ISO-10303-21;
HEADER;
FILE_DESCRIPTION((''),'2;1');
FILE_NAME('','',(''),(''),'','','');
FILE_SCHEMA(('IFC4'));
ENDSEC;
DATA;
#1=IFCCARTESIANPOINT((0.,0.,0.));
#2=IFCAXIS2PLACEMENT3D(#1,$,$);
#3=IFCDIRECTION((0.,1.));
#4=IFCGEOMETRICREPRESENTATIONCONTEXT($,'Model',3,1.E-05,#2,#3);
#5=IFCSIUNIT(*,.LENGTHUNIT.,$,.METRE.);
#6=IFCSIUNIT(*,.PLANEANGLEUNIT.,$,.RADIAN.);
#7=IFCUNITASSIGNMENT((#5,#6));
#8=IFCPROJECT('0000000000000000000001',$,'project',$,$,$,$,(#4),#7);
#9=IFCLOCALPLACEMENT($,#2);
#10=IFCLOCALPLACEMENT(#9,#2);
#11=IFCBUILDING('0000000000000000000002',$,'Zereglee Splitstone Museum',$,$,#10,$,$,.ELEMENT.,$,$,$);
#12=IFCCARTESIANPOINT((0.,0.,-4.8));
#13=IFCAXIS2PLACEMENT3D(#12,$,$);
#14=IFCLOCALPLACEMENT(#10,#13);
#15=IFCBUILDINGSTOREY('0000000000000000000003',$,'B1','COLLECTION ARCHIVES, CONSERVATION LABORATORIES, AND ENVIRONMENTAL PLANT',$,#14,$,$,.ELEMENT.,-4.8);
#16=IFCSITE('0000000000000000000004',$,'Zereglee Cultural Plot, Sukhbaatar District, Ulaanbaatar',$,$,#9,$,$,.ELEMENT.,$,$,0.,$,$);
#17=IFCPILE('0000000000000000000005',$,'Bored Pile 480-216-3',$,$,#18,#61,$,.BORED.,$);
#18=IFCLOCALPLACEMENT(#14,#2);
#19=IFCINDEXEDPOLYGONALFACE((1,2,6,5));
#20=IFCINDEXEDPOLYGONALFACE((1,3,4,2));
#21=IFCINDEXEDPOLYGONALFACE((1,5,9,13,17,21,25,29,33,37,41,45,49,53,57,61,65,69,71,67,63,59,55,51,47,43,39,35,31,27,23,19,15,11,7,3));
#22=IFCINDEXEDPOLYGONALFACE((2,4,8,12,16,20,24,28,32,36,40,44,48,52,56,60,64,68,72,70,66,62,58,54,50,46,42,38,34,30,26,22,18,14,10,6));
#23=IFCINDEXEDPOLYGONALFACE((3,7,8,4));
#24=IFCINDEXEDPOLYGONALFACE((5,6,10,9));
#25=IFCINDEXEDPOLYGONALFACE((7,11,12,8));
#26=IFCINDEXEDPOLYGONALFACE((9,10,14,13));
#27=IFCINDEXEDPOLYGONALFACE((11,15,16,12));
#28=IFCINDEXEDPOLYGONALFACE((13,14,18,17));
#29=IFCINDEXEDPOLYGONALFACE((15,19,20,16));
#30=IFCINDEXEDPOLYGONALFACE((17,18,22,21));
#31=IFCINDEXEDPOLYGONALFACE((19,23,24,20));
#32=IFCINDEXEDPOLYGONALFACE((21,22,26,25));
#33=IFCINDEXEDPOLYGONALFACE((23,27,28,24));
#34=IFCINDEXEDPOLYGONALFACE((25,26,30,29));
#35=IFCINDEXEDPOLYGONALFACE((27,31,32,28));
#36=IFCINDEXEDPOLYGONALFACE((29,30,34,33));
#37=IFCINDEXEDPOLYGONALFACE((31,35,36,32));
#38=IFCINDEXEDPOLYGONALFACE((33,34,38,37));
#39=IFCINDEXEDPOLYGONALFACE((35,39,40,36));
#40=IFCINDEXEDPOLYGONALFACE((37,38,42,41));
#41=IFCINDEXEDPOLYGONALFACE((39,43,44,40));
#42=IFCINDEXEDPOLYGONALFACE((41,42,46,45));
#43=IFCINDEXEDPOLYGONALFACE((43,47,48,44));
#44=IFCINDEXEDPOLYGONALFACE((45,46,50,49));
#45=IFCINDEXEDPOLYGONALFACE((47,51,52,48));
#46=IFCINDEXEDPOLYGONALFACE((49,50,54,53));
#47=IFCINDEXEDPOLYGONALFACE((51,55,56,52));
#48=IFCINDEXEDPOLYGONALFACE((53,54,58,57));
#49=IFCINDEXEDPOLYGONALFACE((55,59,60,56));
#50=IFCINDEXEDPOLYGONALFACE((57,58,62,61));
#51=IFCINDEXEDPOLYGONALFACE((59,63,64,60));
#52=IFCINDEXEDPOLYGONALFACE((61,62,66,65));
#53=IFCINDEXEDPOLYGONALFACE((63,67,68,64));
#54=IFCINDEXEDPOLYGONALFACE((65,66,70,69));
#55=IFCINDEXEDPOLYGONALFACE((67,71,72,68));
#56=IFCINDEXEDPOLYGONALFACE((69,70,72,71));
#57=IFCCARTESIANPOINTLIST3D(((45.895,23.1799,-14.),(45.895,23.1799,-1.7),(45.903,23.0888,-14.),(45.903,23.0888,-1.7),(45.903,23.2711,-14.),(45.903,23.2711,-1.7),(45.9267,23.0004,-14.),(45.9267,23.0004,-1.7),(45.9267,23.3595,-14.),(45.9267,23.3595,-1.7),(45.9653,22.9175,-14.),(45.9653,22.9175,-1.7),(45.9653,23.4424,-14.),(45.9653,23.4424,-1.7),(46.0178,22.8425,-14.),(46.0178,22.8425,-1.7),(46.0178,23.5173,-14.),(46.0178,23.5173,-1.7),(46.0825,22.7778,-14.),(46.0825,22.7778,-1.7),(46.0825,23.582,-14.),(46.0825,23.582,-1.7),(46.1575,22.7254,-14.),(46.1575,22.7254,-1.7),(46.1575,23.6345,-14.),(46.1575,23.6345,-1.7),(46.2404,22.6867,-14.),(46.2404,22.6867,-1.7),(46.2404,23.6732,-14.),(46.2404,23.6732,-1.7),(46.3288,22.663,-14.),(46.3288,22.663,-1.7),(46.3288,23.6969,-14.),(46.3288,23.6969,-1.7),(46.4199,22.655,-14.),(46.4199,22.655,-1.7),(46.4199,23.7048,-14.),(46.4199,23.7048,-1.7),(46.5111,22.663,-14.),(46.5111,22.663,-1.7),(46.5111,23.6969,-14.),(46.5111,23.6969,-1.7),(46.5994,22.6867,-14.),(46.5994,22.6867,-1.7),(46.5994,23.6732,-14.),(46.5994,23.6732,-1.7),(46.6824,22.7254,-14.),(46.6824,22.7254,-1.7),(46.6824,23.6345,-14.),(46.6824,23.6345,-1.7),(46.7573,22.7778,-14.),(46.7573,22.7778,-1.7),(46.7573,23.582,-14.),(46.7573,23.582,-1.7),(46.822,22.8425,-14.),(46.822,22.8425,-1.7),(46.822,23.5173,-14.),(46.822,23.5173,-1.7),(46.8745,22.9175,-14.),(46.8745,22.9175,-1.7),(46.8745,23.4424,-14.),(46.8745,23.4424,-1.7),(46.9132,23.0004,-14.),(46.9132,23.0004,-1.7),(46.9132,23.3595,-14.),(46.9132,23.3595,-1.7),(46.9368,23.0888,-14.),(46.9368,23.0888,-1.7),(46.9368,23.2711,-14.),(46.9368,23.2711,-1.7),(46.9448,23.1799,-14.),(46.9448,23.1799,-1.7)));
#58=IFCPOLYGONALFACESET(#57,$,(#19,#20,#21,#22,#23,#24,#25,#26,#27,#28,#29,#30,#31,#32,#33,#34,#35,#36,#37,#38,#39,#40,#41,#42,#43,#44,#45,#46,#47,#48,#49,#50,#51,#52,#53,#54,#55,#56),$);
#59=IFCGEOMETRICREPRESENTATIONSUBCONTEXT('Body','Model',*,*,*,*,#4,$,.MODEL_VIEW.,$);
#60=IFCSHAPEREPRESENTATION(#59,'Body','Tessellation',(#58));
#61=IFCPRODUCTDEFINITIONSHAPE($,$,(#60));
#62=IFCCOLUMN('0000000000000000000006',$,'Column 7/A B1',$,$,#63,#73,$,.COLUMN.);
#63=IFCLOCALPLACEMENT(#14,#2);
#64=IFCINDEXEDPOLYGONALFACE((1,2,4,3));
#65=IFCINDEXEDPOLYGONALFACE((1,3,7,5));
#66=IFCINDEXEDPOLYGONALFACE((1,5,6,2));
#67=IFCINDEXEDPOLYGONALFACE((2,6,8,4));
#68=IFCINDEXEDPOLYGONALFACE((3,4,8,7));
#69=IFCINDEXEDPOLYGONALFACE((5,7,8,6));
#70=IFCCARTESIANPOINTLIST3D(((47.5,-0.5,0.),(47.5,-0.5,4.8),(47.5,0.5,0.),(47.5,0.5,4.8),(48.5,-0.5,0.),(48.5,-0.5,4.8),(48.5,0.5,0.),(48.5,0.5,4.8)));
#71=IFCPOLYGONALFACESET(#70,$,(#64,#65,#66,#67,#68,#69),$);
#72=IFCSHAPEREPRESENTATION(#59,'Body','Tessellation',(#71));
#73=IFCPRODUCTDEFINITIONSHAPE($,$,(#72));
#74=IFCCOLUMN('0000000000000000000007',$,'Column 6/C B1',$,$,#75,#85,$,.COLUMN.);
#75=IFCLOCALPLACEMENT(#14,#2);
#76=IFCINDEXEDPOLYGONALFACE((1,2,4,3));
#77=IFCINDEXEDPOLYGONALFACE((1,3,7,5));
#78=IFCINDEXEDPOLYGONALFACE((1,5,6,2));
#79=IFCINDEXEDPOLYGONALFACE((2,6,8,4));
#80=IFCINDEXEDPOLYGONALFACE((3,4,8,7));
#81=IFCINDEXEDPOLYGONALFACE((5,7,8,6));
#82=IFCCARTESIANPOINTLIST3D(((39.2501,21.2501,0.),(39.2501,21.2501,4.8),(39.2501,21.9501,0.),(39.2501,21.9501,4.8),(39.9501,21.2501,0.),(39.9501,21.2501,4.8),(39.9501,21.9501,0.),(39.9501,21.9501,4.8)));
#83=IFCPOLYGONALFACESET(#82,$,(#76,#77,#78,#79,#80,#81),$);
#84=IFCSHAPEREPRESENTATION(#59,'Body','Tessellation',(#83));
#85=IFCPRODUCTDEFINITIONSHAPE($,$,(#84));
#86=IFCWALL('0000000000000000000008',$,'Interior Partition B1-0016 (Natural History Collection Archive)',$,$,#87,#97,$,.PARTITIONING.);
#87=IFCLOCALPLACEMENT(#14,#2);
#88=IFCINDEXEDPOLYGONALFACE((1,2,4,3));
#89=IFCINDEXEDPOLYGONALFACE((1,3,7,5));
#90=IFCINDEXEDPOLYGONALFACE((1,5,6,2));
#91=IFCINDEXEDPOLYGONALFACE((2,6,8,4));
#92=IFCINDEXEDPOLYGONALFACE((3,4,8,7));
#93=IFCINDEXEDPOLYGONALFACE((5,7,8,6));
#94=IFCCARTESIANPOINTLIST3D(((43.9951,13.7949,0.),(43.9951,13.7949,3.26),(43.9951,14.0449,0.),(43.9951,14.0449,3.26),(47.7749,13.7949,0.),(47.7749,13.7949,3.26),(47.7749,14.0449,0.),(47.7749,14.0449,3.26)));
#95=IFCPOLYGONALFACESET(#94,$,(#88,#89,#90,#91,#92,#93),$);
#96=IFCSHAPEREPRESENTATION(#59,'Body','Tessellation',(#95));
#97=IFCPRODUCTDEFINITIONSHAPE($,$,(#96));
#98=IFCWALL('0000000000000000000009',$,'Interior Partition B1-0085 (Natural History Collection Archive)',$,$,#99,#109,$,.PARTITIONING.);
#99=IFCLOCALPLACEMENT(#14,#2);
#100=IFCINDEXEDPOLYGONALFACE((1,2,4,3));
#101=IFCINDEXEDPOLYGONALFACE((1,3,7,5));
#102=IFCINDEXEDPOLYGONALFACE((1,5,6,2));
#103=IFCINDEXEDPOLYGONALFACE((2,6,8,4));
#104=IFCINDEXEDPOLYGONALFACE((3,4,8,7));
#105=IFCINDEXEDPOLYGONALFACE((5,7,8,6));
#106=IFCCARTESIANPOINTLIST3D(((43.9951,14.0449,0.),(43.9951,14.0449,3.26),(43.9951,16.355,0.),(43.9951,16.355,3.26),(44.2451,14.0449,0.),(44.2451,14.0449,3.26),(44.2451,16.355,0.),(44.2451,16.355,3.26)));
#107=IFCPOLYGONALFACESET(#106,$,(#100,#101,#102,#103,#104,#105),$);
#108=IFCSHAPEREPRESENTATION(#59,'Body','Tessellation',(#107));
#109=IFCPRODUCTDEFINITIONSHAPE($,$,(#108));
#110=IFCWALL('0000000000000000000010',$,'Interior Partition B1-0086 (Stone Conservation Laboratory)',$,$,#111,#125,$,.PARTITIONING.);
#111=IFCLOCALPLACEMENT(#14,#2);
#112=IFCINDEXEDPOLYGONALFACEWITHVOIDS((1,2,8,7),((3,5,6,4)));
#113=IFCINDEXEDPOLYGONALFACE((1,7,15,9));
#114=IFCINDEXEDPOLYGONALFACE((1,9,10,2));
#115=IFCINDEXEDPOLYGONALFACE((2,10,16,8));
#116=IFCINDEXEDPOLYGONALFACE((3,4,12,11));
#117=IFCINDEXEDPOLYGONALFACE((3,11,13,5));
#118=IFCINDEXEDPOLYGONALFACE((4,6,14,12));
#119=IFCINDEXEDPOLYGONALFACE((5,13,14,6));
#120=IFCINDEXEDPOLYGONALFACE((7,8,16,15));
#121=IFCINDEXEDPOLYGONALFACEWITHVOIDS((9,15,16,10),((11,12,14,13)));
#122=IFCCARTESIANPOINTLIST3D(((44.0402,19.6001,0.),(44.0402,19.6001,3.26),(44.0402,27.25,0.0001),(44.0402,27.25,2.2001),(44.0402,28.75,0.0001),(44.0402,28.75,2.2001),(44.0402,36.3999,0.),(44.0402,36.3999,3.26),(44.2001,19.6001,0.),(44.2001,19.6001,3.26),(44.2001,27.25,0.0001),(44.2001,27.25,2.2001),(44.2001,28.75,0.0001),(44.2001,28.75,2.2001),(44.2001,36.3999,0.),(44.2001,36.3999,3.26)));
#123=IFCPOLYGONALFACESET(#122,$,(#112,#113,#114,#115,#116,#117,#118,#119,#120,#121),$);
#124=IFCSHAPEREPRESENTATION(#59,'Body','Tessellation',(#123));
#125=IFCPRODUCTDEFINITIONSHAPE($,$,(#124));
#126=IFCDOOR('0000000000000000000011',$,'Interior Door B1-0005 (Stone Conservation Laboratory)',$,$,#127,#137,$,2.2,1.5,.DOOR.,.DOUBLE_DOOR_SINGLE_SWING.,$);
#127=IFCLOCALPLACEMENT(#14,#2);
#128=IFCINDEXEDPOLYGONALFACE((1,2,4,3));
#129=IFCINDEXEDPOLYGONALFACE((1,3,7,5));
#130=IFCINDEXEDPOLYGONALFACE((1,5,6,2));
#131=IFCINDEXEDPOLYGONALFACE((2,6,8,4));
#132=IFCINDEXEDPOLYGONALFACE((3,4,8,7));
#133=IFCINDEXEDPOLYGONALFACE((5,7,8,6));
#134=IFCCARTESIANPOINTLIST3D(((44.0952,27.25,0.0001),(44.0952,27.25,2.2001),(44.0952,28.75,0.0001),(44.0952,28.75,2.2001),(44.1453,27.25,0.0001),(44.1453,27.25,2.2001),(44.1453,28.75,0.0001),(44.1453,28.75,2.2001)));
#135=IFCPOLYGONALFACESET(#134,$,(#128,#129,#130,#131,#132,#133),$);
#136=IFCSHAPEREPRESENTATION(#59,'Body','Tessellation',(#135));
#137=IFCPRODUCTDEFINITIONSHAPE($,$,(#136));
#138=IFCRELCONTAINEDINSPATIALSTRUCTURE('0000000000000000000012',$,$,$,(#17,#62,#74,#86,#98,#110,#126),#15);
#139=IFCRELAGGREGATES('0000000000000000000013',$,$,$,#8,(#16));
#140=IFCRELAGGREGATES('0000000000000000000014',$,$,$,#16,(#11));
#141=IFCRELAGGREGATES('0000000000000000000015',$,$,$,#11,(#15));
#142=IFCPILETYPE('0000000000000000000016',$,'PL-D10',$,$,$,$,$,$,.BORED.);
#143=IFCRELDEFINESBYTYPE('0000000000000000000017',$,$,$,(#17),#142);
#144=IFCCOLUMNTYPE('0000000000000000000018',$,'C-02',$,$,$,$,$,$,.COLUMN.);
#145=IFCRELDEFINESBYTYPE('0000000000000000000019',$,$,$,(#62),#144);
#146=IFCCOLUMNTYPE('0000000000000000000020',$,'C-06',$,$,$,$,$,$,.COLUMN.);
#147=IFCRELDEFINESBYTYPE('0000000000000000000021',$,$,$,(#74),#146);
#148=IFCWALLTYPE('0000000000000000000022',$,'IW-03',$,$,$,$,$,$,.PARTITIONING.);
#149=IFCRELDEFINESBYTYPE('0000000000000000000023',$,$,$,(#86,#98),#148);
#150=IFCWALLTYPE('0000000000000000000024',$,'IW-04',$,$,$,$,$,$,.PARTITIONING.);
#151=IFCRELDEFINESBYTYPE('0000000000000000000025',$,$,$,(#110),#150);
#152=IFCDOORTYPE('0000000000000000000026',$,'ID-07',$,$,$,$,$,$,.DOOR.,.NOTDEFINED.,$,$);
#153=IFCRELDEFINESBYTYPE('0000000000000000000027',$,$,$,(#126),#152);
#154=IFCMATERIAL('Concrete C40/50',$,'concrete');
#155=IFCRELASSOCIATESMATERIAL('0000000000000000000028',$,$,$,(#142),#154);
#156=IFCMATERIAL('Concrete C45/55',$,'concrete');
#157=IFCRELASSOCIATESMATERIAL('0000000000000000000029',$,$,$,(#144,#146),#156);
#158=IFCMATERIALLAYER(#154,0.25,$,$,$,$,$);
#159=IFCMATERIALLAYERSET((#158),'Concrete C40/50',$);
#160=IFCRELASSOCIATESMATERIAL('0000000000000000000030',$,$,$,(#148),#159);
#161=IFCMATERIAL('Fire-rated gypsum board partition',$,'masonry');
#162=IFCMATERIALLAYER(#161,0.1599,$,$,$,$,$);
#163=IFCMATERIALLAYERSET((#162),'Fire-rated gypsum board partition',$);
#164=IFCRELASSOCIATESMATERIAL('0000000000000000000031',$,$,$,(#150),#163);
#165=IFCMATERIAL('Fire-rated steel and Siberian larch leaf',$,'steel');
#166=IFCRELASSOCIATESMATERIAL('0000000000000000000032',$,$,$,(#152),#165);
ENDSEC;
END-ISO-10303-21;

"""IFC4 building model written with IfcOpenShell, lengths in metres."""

from ifc_helpers import new_model, si_unit, direction, frame, frame_2d, origin, origin_2d, place, context, subcontext, project, spatial, rectangle, circle, extrude, material, layer, layer_set, material_profile, profile_set, type_object, element, fill, save


model = new_model("IFC4")

# Units and contexts
model_context = context("Model", 3, precision=1e-05, world=origin(), true_north=direction((0.0, 1.0)))
body_context = subcontext(model_context, "Body", "Model", "MODEL_VIEW")
ifc_project = project(units=[si_unit("LENGTHUNIT", "METRE"), si_unit("PLANEANGLEUNIT", "RADIAN")], contexts=[model_context])

# Site, building, storey
site_placement = place(None, origin())
site = spatial("IfcSite", under=ifc_project, at=site_placement, Name="Zereglee Cultural Plot, Sukhbaatar District, Ulaanbaatar", CompositionType="ELEMENT", RefElevation=0.0)
building_placement = place(site_placement, origin())
building = spatial("IfcBuilding", under=site, at=building_placement, Name="Zereglee Splitstone Museum", CompositionType="ELEMENT")
storey_placement = place(building_placement, frame((0.0, 0.0, -4.8)))
storey = spatial("IfcBuildingStorey", under=building, at=storey_placement, Name="B1", Description="COLLECTION ARCHIVES, CONSERVATION LABORATORIES, AND ENVIRONMENTAL PLANT", CompositionType="ELEMENT", Elevation=-4.8)

# Shared definitions
ifc_material_1 = material(Name="Concrete C40/50", Category="concrete")

# Pile
ifc_material_profile_1 = material_profile(ifc_material_1, circle(Radius=0.5249, at=origin_2d()), Name="PILE D1050")
ifc_profile_set_1 = profile_set([ifc_material_profile_1], Name="Concrete C40/50")
pile_type = type_object("IfcPileType", Name="PL-D10", PredefinedType="BORED", material=ifc_profile_set_1)
for number, where, z_axis, x_axis, name in (
    (1, (46.4199, 23.1799, -1.7), (0.0, 0.0, -1.0), (1.0, 0.0, 0.0), "Bored Pile 480-216-3"),
):
    element("IfcPile", number, at=place(storey_placement, frame(where, z_axis=z_axis, x_axis=x_axis)), inside=storey, type_object=pile_type, Name=name, PredefinedType="BORED", context=body_context, shape_type="SweptSolid", body=[
        extrude(circle(Radius=0.5249, at=origin_2d()), origin(), (0.0, 0.0, 1.0), 12.3),
    ])

# Columns
ifc_material_2 = material(Name="Concrete C45/55", Category="concrete")
ifc_material_profile_2 = material_profile(ifc_material_2, rectangle(XDim=1.0, YDim=1.0, at=origin_2d()), Name="RC 1000x1000")
ifc_profile_set_2 = profile_set([ifc_material_profile_2], Name="Concrete C45/55")
column_type_1 = type_object("IfcColumnType", Name="C-02", PredefinedType="COLUMN", material=ifc_profile_set_2)
column_1_placement = place(storey_placement, frame((48.0, 0.0, 0.0), z_axis=(0.0, 0.0, 1.0), x_axis=(1.0, 0.0, 0.0)))
element("IfcColumn", 2, at=column_1_placement, inside=storey, type_object=column_type_1, Name="Column 7/A B1", PredefinedType="COLUMN", context=body_context, shape_type="SweptSolid", body=[
    extrude(rectangle(XDim=1.0, YDim=1.0, at=origin_2d()), origin(), (0.0, 0.0, 1.0), 4.8),
])
ifc_material_profile_3 = material_profile(ifc_material_2, rectangle(XDim=0.7, YDim=0.7, at=origin_2d()), Name="RC 700x700")
ifc_profile_set_3 = profile_set([ifc_material_profile_3], Name="Concrete C45/55")
column_type_2 = type_object("IfcColumnType", Name="C-06", PredefinedType="COLUMN", material=ifc_profile_set_3)
column_2_placement = place(storey_placement, frame((39.6001, 21.6001, 0.0), z_axis=(0.0, 0.0, 1.0), x_axis=(1.0, 0.0, 0.0)))
element("IfcColumn", 3, at=column_2_placement, inside=storey, type_object=column_type_2, Name="Column 6/C B1", PredefinedType="COLUMN", context=body_context, shape_type="SweptSolid", body=[
    extrude(rectangle(XDim=0.7, YDim=0.7, at=origin_2d()), origin(), (0.0, 0.0, 1.0), 4.8),
])

# Walls
ifc_layer_1 = layer(ifc_material_1, 0.25)
ifc_layer_set_1 = layer_set([ifc_layer_1], Name="Concrete C40/50")
wall_type_1 = type_object("IfcWallType", Name="IW-03", PredefinedType="PARTITIONING", material=ifc_layer_set_1)
wall_1_placement = place(storey_placement, frame((43.9951, 13.9199, 0.0), z_axis=(0.0, 0.0, 1.0), x_axis=(1.0, 0.0, 0.0)))
element("IfcWall", 4, at=wall_1_placement, inside=storey, type_object=wall_type_1, Name="Interior Partition B1-0016 (Natural History Collection Archive)", PredefinedType="PARTITIONING", context=body_context, shape_type="SweptSolid", body=[
    extrude(rectangle(XDim=3.7798, YDim=0.25, at=frame_2d((1.8899, 0.0))), origin(), (0.0, 0.0, 1.0), 3.26),
])
wall_2_placement = place(storey_placement, frame((44.1201, 14.0449, 0.0), z_axis=(0.0, 0.0, 1.0), x_axis=(0.0, 1.0, 0.0)))
element("IfcWall", 5, at=wall_2_placement, inside=storey, type_object=wall_type_1, Name="Interior Partition B1-0085 (Natural History Collection Archive)", PredefinedType="PARTITIONING", context=body_context, shape_type="SweptSolid", body=[
    extrude(rectangle(XDim=2.3101, YDim=0.25, at=frame_2d((1.155, 0.0))), origin(), (0.0, 0.0, 1.0), 3.26),
])

# Wall, opening, door
ifc_material_3 = material(Name="Fire-rated gypsum board partition", Category="masonry")
ifc_layer_2 = layer(ifc_material_3, 0.1599)
ifc_layer_set_2 = layer_set([ifc_layer_2], Name="Fire-rated gypsum board partition")
wall_type_2 = type_object("IfcWallType", Name="IW-04", PredefinedType="PARTITIONING", material=ifc_layer_set_2)
wall_3_placement = place(storey_placement, frame((44.1201, 19.6001, 0.0), z_axis=(0.0, 0.0, 1.0), x_axis=(0.0, 1.0, 0.0)))
wall_3 = element("IfcWall", 6, at=wall_3_placement, inside=storey, type_object=wall_type_2, Name="Interior Partition B1-0086 (Stone Conservation Laboratory)", PredefinedType="PARTITIONING", context=body_context, shape_type="SweptSolid", body=[
    extrude(rectangle(XDim=16.7998, YDim=0.1599, at=frame_2d((8.3999, 0.0))), origin(), (0.0, 0.0, 1.0), 3.26),
])
opening_placement = place(wall_3_placement, frame((7.6499, 0.0, 0.0)))
opening = element("IfcOpeningElement", 7, at=opening_placement, cuts=wall_3, PredefinedType="OPENING", context=body_context, shape_type="SweptSolid", body=[
    extrude(rectangle(XDim=1.5, YDim=2.2, at=frame_2d((0.75, 1.1001))), frame((0.0, 0.0947, 0.0), z_axis=(0.0, -1.0, 0.0), x_axis=(1.0, 0.0, 0.0)), (0.0, 0.0, 1.0), 0.1897),
])
ifc_material_4 = material(Name="Fire-rated steel and Siberian larch leaf", Category="steel")
door_type = type_object("IfcDoorType", Name="ID-07", OperationType="NOTDEFINED", PredefinedType="DOOR", material=ifc_material_4)
door_placement = place(opening_placement, origin())
door = element("IfcDoor", 8, at=door_placement, inside=storey, type_object=door_type, Name="Interior Door B1-0005 (Stone Conservation Laboratory)", OperationType="DOUBLE_DOOR_SINGLE_SWING", OverallHeight=2.2, OverallWidth=1.5, PredefinedType="DOOR", context=body_context, shape_type="SweptSolid", body=[
    extrude(rectangle(XDim=1.5, YDim=2.2, at=frame_2d((0.75, 1.1001))), frame((0.0, 0.0249, 0.0), z_axis=(0.0, -1.0, 0.0), x_axis=(1.0, 0.0, 0.0)), (0.0, 0.0, 1.0), 0.05),
])
fill(opening, door)

save(model, "model.ifc")
